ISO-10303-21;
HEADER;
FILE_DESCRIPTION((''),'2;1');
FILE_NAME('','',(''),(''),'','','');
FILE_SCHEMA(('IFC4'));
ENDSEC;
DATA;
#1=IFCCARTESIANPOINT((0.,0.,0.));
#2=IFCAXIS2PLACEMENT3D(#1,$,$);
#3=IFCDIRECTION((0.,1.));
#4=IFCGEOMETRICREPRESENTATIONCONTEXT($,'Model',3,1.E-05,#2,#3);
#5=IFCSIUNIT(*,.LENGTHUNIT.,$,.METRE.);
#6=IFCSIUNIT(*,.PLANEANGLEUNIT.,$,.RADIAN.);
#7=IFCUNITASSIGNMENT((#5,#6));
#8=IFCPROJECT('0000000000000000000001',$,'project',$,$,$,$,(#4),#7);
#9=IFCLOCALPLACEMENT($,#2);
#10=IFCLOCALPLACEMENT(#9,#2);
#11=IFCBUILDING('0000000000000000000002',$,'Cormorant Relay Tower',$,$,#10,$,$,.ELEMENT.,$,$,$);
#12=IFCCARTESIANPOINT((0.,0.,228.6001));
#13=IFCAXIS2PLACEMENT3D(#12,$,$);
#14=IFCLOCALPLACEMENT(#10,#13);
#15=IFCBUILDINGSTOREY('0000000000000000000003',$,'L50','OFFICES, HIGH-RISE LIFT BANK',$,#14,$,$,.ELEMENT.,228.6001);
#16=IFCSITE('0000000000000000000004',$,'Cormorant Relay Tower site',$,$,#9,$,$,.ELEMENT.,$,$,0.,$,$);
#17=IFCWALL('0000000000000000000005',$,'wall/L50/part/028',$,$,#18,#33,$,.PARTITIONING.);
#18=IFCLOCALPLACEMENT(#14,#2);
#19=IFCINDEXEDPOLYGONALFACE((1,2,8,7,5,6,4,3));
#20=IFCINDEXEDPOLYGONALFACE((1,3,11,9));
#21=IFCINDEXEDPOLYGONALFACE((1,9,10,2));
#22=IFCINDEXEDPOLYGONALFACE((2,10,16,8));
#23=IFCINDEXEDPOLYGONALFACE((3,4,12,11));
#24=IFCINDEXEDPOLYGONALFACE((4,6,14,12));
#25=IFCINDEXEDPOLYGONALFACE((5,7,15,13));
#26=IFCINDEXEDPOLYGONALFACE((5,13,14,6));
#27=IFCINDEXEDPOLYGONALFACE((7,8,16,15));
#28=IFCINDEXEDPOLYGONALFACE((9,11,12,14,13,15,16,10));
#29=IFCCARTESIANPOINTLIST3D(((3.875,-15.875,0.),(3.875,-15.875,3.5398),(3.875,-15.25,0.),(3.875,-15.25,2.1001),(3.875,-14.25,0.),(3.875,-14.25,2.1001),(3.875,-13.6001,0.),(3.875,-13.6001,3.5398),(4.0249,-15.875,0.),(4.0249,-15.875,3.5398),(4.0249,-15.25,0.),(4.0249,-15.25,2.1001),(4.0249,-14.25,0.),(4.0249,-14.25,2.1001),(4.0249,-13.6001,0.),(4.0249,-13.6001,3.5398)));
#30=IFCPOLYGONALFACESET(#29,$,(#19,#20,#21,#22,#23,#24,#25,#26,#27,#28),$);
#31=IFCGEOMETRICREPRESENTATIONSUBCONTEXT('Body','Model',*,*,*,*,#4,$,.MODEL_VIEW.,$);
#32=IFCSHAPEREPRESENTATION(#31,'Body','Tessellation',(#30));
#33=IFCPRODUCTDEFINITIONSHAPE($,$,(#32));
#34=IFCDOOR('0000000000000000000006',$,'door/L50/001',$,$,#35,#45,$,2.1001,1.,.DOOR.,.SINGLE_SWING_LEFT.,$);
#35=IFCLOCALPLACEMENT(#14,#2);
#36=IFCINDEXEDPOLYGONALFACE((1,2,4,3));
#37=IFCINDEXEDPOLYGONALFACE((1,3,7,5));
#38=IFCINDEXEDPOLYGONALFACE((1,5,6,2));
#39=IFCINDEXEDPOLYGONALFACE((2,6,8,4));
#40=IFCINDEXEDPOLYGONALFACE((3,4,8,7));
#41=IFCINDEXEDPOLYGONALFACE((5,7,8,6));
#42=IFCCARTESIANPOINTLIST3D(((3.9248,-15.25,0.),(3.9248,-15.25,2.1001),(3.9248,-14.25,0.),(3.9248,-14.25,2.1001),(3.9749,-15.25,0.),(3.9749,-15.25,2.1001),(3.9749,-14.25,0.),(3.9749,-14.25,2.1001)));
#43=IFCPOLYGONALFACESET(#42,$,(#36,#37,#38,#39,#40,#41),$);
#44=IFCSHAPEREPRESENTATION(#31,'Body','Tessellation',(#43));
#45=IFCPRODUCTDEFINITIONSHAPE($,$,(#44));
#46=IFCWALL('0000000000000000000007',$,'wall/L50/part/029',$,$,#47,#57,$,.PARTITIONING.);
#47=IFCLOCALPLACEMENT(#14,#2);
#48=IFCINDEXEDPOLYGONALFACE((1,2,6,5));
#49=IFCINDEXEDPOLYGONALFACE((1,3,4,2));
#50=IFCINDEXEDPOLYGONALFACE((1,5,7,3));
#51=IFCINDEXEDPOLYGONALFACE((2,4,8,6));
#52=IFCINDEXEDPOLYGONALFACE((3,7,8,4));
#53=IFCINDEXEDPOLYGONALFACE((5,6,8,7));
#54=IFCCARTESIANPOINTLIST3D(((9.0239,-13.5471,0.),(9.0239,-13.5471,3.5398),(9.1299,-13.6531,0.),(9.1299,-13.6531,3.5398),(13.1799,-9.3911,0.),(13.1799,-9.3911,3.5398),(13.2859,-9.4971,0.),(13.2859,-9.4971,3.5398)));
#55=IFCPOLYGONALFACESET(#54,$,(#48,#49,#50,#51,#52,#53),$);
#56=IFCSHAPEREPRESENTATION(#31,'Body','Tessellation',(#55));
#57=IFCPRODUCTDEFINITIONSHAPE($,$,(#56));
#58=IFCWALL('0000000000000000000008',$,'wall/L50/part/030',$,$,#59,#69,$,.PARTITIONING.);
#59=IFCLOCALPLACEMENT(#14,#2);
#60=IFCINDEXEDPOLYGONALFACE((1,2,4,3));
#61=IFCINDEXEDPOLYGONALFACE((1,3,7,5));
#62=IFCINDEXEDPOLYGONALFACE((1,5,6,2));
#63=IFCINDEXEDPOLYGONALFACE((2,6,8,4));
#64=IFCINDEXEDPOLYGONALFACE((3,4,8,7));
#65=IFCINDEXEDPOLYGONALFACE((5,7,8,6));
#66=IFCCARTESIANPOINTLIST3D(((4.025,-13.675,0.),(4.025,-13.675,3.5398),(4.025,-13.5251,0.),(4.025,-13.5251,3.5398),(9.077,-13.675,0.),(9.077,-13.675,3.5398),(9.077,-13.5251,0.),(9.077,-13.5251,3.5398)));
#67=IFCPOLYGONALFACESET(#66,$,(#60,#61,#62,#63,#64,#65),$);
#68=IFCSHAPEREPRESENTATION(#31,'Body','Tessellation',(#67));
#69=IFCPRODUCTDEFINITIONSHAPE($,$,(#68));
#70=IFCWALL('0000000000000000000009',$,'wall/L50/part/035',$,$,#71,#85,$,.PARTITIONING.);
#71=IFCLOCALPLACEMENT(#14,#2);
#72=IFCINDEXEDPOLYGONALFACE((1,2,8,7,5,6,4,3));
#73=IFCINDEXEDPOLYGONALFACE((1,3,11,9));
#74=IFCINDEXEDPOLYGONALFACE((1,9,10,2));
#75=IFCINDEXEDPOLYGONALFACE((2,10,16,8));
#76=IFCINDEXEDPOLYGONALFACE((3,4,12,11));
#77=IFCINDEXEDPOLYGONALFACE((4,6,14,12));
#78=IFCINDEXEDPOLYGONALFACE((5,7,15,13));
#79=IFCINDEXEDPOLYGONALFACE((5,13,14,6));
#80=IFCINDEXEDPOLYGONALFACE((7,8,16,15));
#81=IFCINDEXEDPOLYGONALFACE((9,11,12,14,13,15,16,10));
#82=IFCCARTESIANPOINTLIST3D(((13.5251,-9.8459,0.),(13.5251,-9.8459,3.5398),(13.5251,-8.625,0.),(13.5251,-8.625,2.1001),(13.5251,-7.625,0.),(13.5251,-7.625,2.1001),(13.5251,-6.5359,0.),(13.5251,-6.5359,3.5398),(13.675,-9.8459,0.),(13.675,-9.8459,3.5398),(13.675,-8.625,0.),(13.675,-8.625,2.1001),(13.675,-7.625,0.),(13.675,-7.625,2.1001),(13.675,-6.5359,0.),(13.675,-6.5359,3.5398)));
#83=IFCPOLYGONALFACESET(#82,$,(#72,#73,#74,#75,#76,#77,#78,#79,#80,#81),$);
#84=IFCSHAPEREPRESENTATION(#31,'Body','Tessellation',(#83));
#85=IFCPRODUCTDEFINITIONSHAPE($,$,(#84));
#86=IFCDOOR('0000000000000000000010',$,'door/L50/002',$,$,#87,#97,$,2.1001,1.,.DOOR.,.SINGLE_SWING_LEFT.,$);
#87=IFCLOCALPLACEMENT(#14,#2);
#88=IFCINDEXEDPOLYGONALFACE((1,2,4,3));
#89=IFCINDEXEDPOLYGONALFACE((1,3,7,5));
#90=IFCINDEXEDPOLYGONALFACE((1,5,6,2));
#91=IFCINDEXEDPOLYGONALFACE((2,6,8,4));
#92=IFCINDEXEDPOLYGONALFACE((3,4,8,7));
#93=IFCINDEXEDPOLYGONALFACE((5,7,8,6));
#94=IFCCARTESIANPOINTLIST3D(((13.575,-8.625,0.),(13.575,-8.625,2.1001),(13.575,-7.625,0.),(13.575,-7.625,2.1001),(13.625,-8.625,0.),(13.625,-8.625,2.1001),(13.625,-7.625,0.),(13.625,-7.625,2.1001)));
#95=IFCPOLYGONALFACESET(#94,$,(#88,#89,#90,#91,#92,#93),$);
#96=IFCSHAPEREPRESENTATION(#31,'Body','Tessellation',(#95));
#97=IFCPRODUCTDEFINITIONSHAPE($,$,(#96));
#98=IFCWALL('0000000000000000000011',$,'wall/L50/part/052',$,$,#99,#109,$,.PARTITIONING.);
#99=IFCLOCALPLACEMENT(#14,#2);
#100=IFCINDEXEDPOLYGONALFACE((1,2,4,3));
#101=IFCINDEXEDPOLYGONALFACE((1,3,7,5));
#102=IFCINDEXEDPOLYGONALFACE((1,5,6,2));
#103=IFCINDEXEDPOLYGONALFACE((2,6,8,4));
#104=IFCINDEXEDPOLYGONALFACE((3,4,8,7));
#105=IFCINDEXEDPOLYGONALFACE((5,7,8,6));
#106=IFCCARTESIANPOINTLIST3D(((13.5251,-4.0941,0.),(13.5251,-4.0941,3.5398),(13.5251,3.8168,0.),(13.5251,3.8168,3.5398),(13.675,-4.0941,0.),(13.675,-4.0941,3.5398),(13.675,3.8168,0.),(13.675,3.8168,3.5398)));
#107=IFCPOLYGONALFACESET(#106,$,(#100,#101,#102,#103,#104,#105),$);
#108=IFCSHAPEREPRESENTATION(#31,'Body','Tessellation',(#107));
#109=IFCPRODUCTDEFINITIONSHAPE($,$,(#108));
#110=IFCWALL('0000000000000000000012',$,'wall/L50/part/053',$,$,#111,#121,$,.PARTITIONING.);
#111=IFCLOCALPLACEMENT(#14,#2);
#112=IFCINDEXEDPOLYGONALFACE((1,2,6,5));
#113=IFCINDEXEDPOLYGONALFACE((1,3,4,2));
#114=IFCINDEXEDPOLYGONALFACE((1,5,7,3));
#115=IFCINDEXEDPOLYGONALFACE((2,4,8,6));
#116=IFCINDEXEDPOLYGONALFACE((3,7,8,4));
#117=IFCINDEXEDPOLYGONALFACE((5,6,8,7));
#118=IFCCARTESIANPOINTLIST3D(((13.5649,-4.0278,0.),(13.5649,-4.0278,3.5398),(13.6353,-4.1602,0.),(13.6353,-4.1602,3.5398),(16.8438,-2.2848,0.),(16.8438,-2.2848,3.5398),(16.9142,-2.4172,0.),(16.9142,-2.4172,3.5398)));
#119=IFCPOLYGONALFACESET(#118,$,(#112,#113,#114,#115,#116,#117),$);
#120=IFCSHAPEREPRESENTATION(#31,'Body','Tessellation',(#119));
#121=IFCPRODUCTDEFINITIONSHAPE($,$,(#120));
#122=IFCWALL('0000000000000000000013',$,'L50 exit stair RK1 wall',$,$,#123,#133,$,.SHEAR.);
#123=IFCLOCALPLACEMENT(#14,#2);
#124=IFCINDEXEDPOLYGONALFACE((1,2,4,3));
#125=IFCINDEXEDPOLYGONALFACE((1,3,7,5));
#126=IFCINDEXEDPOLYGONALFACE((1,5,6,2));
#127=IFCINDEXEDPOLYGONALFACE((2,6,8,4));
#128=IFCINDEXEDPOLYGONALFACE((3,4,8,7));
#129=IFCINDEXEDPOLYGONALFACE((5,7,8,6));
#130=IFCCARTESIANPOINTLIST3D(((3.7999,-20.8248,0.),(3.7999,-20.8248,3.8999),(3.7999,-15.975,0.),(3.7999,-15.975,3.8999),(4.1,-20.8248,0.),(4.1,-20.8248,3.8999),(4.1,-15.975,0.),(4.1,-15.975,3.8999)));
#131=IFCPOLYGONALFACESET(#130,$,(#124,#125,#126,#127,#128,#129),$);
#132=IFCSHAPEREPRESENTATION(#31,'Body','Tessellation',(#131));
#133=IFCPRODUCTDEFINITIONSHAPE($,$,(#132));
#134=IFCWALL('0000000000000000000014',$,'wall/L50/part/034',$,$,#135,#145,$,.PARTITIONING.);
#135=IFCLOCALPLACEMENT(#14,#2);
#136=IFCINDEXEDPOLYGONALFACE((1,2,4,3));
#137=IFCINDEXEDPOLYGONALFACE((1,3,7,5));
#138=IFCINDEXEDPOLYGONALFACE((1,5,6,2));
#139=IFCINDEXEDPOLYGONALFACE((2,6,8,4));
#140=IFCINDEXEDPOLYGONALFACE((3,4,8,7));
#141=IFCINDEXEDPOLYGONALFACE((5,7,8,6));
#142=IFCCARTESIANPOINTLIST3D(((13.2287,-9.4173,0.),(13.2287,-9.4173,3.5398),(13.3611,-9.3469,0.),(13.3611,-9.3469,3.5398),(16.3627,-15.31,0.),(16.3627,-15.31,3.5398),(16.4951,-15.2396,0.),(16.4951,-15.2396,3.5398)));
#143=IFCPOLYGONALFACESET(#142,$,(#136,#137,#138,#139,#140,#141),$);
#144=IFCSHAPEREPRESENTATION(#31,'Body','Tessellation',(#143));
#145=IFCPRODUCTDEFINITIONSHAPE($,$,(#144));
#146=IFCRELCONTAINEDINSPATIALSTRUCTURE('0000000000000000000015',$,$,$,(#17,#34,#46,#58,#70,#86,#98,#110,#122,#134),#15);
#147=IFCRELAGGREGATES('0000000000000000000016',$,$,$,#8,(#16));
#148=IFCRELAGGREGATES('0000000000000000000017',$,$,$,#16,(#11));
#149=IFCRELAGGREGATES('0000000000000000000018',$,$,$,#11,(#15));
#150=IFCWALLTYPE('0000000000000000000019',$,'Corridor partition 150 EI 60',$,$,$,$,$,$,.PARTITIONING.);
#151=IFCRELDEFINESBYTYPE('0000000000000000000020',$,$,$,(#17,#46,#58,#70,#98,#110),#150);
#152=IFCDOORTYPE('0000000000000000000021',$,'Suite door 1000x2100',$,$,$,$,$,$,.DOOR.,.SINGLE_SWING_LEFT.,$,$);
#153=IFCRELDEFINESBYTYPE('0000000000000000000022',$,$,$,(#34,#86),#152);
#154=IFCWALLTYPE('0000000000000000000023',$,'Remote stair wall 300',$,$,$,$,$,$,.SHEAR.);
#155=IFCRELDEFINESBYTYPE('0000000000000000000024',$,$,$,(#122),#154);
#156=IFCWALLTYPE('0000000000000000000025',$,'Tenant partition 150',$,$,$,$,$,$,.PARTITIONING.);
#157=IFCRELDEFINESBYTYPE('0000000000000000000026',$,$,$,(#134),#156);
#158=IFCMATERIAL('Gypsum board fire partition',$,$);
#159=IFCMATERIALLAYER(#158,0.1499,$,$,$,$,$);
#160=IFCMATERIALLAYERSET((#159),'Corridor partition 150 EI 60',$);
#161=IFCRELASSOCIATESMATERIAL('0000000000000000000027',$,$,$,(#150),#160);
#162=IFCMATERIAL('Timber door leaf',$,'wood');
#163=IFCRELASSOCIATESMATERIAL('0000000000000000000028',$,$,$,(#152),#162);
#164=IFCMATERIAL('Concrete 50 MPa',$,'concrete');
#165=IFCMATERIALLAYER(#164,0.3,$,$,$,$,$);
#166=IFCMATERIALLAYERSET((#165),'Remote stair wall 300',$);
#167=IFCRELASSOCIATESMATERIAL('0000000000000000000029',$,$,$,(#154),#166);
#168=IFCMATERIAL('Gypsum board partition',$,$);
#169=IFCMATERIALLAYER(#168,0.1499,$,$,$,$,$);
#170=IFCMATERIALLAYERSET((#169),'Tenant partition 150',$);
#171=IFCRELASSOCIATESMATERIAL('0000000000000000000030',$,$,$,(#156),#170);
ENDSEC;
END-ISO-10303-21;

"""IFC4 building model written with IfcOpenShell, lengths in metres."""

from ifc_helpers import new_model, si_unit, direction, frame, frame_2d, origin, place, context, subcontext, project, spatial, rectangle, extrude, material, layer, layer_set, type_object, element, fill, save


model = new_model("IFC4")

# Units and contexts
model_context = context("Model", 3, precision=1e-05, world=origin(), true_north=direction((0.0, 1.0)))
body_context = subcontext(model_context, "Body", "Model", "MODEL_VIEW")
ifc_project = project(units=[si_unit("LENGTHUNIT", "METRE"), si_unit("PLANEANGLEUNIT", "RADIAN")], contexts=[model_context])

# Site, building, storey
site_placement = place(None, origin())
site = spatial("IfcSite", under=ifc_project, at=site_placement, Name="Cormorant Relay Tower site", CompositionType="ELEMENT", RefElevation=0.0)
building_placement = place(site_placement, origin())
building = spatial("IfcBuilding", under=site, at=building_placement, Name="Cormorant Relay Tower", CompositionType="ELEMENT")
storey_placement = place(building_placement, frame((0.0, 0.0, 228.6001)))
storey = spatial("IfcBuildingStorey", under=building, at=storey_placement, Name="L50", Description="OFFICES, HIGH-RISE LIFT BANK", CompositionType="ELEMENT", Elevation=228.6001)

# Shared definitions
ifc_material_1 = material(Name="Gypsum board fire partition")
ifc_layer_1 = layer(ifc_material_1, 0.1499)
ifc_layer_set_1 = layer_set([ifc_layer_1], Name="Corridor partition 150 EI 60")
wall_type_1 = type_object("IfcWallType", Name="Corridor partition 150 EI 60", PredefinedType="PARTITIONING", material=ifc_layer_set_1)

# Wall, opening, door
wall_1_placement = place(storey_placement, frame((3.95, -13.6001, 0.0), z_axis=(0.0, 0.0, 1.0), x_axis=(0.0, -1.0, 0.0)))
wall_1 = element("IfcWall", 1, at=wall_1_placement, inside=storey, type_object=wall_type_1, Name="wall/L50/part/028", PredefinedType="PARTITIONING", context=body_context, shape_type="SweptSolid", body=[
    extrude(rectangle(XDim=2.2749, YDim=0.1499, at=frame_2d((1.1375, 0.0))), origin(), (0.0, 0.0, 1.0), 3.5398),
])
opening_1_placement = place(wall_1_placement, frame((0.6499, 0.0, 0.0)))
opening_1 = element("IfcOpeningElement", 2, at=opening_1_placement, cuts=wall_1, PredefinedType="OPENING", context=body_context, shape_type="SweptSolid", body=[
    extrude(rectangle(XDim=1.0, YDim=2.1001, at=frame_2d((0.5, 1.05))), frame((0.0, 0.085, 0.0), z_axis=(0.0, -1.0, 0.0), x_axis=(1.0, 0.0, 0.0)), (0.0, 0.0, 1.0), 0.1699),
])
ifc_material_2 = material(Name="Timber door leaf", Category="wood")
door_type = type_object("IfcDoorType", Name="Suite door 1000x2100", OperationType="SINGLE_SWING_LEFT", PredefinedType="DOOR", material=ifc_material_2)
door_1_placement = place(opening_1_placement, origin())
door_1 = element("IfcDoor", 3, at=door_1_placement, inside=storey, type_object=door_type, Name="door/L50/001", OperationType="SINGLE_SWING_LEFT", OverallHeight=2.1001, OverallWidth=1.0, PredefinedType="DOOR", context=body_context, shape_type="SweptSolid", body=[
    extrude(rectangle(XDim=1.0, YDim=2.1001, at=frame_2d((0.5, 1.05))), frame((0.0, 0.0249, 0.0), z_axis=(0.0, -1.0, 0.0), x_axis=(1.0, 0.0, 0.0)), (0.0, 0.0, 1.0), 0.05),
])
fill(opening_1, door_1)

# Walls
wall_2_placement = place(storey_placement, frame((13.2329, -9.4441, 0.0), z_axis=(0.0, 0.0, 1.0), x_axis=(-0.707107, -0.707107, 0.0)))
element("IfcWall", 4, at=wall_2_placement, inside=storey, type_object=wall_type_1, Name="wall/L50/part/029", PredefinedType="PARTITIONING", context=body_context, shape_type="SweptSolid", body=[
    extrude(rectangle(XDim=5.8774, YDim=0.1499, at=frame_2d((2.9387, 0.0))), origin(), (0.0, 0.0, 1.0), 3.5398),
])
wall_3_placement = place(storey_placement, frame((9.0769, -13.6001, 0.0), z_axis=(0.0, 0.0, 1.0), x_axis=(-1.0, 0.0, 0.0)))
element("IfcWall", 5, at=wall_3_placement, inside=storey, type_object=wall_type_1, Name="wall/L50/part/030", PredefinedType="PARTITIONING", context=body_context, shape_type="SweptSolid", body=[
    extrude(rectangle(XDim=5.052, YDim=0.1499, at=frame_2d((2.5259, 0.0))), origin(), (0.0, 0.0, 1.0), 3.5398),
])

# Wall, opening, door
wall_4_placement = place(storey_placement, frame((13.6001, -6.5359, 0.0), z_axis=(0.0, 0.0, 1.0), x_axis=(0.0, -1.0, 0.0)))
wall_4 = element("IfcWall", 6, at=wall_4_placement, inside=storey, type_object=wall_type_1, Name="wall/L50/part/035", PredefinedType="PARTITIONING", context=body_context, shape_type="SweptSolid", body=[
    extrude(rectangle(XDim=3.3101, YDim=0.1499, at=frame_2d((1.655, 0.0))), origin(), (0.0, 0.0, 1.0), 3.5398),
])
opening_2_placement = place(wall_4_placement, frame((1.0891, 0.0, 0.0)))
opening_2 = element("IfcOpeningElement", 7, at=opening_2_placement, cuts=wall_4, PredefinedType="OPENING", context=body_context, shape_type="SweptSolid", body=[
    extrude(rectangle(XDim=1.0, YDim=2.1001, at=frame_2d((0.5, 1.05))), frame((0.0, 0.085, 0.0), z_axis=(0.0, -1.0, 0.0), x_axis=(1.0, 0.0, 0.0)), (0.0, 0.0, 1.0), 0.1699),
])
door_2_placement = place(opening_2_placement, origin())
door_2 = element("IfcDoor", 8, at=door_2_placement, inside=storey, type_object=door_type, Name="door/L50/002", OperationType="SINGLE_SWING_LEFT", OverallHeight=2.1001, OverallWidth=1.0, PredefinedType="DOOR", context=body_context, shape_type="SweptSolid", body=[
    extrude(rectangle(XDim=1.0, YDim=2.1001, at=frame_2d((0.5, 1.05))), frame((0.0, 0.0249, 0.0), z_axis=(0.0, -1.0, 0.0), x_axis=(1.0, 0.0, 0.0)), (0.0, 0.0, 1.0), 0.05),
])
fill(opening_2, door_2)

# Walls
wall_5_placement = place(storey_placement, frame((13.6001, 3.8169, 0.0), z_axis=(0.0, 0.0, 1.0), x_axis=(0.0, -1.0, 0.0)))
element("IfcWall", 9, at=wall_5_placement, inside=storey, type_object=wall_type_1, Name="wall/L50/part/052", PredefinedType="PARTITIONING", context=body_context, shape_type="SweptSolid", body=[
    extrude(rectangle(XDim=7.9109, YDim=0.1499, at=frame_2d((3.9556, 0.0))), origin(), (0.0, 0.0, 1.0), 3.5398),
])
wall_6_placement = place(storey_placement, frame((13.6001, -4.094, 0.0), z_axis=(0.0, 0.0, 1.0), x_axis=(0.882998, 0.469376, 0.0)))
element("IfcWall", 10, at=wall_6_placement, inside=storey, type_object=wall_type_1, Name="wall/L50/part/053", PredefinedType="PARTITIONING", context=body_context, shape_type="SweptSolid", body=[
    extrude(rectangle(XDim=3.7134, YDim=0.1499, at=frame_2d((1.8567, 0.0))), origin(), (0.0, 0.0, 1.0), 3.5398),
])
ifc_material_3 = material(Name="Concrete 50 MPa", Category="concrete")
ifc_layer_2 = layer(ifc_material_3, 0.3)
ifc_layer_set_2 = layer_set([ifc_layer_2], Name="Remote stair wall 300")
wall_type_2 = type_object("IfcWallType", Name="Remote stair wall 300", PredefinedType="SHEAR", material=ifc_layer_set_2)
wall_7_placement = place(storey_placement, frame((3.95, -15.9751, 0.0), z_axis=(0.0, 0.0, 1.0), x_axis=(0.0, -1.0, 0.0)))
element("IfcWall", 11, at=wall_7_placement, inside=storey, type_object=wall_type_2, Name="L50 exit stair RK1 wall", PredefinedType="SHEAR", context=body_context, shape_type="SweptSolid", body=[
    extrude(rectangle(XDim=4.8499, YDim=0.3, at=frame_2d((2.4248, 0.0))), origin(), (0.0, 0.0, 1.0), 3.8999),
])
ifc_material_4 = material(Name="Gypsum board partition")
ifc_layer_3 = layer(ifc_material_4, 0.1499)
ifc_layer_set_3 = layer_set([ifc_layer_3], Name="Tenant partition 150")
wall_type_3 = type_object("IfcWallType", Name="Tenant partition 150", PredefinedType="PARTITIONING", material=ifc_layer_set_3)
wall_8_placement = place(storey_placement, frame((13.2949, -9.3821, 0.0), z_axis=(0.0, 0.0, 1.0), x_axis=(0.469561, -0.8829, 0.0)))
element("IfcWall", 12, at=wall_8_placement, inside=storey, type_object=wall_type_3, Name="wall/L50/part/034", PredefinedType="PARTITIONING", context=body_context, shape_type="SweptSolid", body=[
    extrude(rectangle(XDim=6.6743, YDim=0.1499, at=frame_2d((3.3372, 0.0))), origin(), (0.0, 0.0, 1.0), 3.5398),
])

save(model, "model.ifc")
